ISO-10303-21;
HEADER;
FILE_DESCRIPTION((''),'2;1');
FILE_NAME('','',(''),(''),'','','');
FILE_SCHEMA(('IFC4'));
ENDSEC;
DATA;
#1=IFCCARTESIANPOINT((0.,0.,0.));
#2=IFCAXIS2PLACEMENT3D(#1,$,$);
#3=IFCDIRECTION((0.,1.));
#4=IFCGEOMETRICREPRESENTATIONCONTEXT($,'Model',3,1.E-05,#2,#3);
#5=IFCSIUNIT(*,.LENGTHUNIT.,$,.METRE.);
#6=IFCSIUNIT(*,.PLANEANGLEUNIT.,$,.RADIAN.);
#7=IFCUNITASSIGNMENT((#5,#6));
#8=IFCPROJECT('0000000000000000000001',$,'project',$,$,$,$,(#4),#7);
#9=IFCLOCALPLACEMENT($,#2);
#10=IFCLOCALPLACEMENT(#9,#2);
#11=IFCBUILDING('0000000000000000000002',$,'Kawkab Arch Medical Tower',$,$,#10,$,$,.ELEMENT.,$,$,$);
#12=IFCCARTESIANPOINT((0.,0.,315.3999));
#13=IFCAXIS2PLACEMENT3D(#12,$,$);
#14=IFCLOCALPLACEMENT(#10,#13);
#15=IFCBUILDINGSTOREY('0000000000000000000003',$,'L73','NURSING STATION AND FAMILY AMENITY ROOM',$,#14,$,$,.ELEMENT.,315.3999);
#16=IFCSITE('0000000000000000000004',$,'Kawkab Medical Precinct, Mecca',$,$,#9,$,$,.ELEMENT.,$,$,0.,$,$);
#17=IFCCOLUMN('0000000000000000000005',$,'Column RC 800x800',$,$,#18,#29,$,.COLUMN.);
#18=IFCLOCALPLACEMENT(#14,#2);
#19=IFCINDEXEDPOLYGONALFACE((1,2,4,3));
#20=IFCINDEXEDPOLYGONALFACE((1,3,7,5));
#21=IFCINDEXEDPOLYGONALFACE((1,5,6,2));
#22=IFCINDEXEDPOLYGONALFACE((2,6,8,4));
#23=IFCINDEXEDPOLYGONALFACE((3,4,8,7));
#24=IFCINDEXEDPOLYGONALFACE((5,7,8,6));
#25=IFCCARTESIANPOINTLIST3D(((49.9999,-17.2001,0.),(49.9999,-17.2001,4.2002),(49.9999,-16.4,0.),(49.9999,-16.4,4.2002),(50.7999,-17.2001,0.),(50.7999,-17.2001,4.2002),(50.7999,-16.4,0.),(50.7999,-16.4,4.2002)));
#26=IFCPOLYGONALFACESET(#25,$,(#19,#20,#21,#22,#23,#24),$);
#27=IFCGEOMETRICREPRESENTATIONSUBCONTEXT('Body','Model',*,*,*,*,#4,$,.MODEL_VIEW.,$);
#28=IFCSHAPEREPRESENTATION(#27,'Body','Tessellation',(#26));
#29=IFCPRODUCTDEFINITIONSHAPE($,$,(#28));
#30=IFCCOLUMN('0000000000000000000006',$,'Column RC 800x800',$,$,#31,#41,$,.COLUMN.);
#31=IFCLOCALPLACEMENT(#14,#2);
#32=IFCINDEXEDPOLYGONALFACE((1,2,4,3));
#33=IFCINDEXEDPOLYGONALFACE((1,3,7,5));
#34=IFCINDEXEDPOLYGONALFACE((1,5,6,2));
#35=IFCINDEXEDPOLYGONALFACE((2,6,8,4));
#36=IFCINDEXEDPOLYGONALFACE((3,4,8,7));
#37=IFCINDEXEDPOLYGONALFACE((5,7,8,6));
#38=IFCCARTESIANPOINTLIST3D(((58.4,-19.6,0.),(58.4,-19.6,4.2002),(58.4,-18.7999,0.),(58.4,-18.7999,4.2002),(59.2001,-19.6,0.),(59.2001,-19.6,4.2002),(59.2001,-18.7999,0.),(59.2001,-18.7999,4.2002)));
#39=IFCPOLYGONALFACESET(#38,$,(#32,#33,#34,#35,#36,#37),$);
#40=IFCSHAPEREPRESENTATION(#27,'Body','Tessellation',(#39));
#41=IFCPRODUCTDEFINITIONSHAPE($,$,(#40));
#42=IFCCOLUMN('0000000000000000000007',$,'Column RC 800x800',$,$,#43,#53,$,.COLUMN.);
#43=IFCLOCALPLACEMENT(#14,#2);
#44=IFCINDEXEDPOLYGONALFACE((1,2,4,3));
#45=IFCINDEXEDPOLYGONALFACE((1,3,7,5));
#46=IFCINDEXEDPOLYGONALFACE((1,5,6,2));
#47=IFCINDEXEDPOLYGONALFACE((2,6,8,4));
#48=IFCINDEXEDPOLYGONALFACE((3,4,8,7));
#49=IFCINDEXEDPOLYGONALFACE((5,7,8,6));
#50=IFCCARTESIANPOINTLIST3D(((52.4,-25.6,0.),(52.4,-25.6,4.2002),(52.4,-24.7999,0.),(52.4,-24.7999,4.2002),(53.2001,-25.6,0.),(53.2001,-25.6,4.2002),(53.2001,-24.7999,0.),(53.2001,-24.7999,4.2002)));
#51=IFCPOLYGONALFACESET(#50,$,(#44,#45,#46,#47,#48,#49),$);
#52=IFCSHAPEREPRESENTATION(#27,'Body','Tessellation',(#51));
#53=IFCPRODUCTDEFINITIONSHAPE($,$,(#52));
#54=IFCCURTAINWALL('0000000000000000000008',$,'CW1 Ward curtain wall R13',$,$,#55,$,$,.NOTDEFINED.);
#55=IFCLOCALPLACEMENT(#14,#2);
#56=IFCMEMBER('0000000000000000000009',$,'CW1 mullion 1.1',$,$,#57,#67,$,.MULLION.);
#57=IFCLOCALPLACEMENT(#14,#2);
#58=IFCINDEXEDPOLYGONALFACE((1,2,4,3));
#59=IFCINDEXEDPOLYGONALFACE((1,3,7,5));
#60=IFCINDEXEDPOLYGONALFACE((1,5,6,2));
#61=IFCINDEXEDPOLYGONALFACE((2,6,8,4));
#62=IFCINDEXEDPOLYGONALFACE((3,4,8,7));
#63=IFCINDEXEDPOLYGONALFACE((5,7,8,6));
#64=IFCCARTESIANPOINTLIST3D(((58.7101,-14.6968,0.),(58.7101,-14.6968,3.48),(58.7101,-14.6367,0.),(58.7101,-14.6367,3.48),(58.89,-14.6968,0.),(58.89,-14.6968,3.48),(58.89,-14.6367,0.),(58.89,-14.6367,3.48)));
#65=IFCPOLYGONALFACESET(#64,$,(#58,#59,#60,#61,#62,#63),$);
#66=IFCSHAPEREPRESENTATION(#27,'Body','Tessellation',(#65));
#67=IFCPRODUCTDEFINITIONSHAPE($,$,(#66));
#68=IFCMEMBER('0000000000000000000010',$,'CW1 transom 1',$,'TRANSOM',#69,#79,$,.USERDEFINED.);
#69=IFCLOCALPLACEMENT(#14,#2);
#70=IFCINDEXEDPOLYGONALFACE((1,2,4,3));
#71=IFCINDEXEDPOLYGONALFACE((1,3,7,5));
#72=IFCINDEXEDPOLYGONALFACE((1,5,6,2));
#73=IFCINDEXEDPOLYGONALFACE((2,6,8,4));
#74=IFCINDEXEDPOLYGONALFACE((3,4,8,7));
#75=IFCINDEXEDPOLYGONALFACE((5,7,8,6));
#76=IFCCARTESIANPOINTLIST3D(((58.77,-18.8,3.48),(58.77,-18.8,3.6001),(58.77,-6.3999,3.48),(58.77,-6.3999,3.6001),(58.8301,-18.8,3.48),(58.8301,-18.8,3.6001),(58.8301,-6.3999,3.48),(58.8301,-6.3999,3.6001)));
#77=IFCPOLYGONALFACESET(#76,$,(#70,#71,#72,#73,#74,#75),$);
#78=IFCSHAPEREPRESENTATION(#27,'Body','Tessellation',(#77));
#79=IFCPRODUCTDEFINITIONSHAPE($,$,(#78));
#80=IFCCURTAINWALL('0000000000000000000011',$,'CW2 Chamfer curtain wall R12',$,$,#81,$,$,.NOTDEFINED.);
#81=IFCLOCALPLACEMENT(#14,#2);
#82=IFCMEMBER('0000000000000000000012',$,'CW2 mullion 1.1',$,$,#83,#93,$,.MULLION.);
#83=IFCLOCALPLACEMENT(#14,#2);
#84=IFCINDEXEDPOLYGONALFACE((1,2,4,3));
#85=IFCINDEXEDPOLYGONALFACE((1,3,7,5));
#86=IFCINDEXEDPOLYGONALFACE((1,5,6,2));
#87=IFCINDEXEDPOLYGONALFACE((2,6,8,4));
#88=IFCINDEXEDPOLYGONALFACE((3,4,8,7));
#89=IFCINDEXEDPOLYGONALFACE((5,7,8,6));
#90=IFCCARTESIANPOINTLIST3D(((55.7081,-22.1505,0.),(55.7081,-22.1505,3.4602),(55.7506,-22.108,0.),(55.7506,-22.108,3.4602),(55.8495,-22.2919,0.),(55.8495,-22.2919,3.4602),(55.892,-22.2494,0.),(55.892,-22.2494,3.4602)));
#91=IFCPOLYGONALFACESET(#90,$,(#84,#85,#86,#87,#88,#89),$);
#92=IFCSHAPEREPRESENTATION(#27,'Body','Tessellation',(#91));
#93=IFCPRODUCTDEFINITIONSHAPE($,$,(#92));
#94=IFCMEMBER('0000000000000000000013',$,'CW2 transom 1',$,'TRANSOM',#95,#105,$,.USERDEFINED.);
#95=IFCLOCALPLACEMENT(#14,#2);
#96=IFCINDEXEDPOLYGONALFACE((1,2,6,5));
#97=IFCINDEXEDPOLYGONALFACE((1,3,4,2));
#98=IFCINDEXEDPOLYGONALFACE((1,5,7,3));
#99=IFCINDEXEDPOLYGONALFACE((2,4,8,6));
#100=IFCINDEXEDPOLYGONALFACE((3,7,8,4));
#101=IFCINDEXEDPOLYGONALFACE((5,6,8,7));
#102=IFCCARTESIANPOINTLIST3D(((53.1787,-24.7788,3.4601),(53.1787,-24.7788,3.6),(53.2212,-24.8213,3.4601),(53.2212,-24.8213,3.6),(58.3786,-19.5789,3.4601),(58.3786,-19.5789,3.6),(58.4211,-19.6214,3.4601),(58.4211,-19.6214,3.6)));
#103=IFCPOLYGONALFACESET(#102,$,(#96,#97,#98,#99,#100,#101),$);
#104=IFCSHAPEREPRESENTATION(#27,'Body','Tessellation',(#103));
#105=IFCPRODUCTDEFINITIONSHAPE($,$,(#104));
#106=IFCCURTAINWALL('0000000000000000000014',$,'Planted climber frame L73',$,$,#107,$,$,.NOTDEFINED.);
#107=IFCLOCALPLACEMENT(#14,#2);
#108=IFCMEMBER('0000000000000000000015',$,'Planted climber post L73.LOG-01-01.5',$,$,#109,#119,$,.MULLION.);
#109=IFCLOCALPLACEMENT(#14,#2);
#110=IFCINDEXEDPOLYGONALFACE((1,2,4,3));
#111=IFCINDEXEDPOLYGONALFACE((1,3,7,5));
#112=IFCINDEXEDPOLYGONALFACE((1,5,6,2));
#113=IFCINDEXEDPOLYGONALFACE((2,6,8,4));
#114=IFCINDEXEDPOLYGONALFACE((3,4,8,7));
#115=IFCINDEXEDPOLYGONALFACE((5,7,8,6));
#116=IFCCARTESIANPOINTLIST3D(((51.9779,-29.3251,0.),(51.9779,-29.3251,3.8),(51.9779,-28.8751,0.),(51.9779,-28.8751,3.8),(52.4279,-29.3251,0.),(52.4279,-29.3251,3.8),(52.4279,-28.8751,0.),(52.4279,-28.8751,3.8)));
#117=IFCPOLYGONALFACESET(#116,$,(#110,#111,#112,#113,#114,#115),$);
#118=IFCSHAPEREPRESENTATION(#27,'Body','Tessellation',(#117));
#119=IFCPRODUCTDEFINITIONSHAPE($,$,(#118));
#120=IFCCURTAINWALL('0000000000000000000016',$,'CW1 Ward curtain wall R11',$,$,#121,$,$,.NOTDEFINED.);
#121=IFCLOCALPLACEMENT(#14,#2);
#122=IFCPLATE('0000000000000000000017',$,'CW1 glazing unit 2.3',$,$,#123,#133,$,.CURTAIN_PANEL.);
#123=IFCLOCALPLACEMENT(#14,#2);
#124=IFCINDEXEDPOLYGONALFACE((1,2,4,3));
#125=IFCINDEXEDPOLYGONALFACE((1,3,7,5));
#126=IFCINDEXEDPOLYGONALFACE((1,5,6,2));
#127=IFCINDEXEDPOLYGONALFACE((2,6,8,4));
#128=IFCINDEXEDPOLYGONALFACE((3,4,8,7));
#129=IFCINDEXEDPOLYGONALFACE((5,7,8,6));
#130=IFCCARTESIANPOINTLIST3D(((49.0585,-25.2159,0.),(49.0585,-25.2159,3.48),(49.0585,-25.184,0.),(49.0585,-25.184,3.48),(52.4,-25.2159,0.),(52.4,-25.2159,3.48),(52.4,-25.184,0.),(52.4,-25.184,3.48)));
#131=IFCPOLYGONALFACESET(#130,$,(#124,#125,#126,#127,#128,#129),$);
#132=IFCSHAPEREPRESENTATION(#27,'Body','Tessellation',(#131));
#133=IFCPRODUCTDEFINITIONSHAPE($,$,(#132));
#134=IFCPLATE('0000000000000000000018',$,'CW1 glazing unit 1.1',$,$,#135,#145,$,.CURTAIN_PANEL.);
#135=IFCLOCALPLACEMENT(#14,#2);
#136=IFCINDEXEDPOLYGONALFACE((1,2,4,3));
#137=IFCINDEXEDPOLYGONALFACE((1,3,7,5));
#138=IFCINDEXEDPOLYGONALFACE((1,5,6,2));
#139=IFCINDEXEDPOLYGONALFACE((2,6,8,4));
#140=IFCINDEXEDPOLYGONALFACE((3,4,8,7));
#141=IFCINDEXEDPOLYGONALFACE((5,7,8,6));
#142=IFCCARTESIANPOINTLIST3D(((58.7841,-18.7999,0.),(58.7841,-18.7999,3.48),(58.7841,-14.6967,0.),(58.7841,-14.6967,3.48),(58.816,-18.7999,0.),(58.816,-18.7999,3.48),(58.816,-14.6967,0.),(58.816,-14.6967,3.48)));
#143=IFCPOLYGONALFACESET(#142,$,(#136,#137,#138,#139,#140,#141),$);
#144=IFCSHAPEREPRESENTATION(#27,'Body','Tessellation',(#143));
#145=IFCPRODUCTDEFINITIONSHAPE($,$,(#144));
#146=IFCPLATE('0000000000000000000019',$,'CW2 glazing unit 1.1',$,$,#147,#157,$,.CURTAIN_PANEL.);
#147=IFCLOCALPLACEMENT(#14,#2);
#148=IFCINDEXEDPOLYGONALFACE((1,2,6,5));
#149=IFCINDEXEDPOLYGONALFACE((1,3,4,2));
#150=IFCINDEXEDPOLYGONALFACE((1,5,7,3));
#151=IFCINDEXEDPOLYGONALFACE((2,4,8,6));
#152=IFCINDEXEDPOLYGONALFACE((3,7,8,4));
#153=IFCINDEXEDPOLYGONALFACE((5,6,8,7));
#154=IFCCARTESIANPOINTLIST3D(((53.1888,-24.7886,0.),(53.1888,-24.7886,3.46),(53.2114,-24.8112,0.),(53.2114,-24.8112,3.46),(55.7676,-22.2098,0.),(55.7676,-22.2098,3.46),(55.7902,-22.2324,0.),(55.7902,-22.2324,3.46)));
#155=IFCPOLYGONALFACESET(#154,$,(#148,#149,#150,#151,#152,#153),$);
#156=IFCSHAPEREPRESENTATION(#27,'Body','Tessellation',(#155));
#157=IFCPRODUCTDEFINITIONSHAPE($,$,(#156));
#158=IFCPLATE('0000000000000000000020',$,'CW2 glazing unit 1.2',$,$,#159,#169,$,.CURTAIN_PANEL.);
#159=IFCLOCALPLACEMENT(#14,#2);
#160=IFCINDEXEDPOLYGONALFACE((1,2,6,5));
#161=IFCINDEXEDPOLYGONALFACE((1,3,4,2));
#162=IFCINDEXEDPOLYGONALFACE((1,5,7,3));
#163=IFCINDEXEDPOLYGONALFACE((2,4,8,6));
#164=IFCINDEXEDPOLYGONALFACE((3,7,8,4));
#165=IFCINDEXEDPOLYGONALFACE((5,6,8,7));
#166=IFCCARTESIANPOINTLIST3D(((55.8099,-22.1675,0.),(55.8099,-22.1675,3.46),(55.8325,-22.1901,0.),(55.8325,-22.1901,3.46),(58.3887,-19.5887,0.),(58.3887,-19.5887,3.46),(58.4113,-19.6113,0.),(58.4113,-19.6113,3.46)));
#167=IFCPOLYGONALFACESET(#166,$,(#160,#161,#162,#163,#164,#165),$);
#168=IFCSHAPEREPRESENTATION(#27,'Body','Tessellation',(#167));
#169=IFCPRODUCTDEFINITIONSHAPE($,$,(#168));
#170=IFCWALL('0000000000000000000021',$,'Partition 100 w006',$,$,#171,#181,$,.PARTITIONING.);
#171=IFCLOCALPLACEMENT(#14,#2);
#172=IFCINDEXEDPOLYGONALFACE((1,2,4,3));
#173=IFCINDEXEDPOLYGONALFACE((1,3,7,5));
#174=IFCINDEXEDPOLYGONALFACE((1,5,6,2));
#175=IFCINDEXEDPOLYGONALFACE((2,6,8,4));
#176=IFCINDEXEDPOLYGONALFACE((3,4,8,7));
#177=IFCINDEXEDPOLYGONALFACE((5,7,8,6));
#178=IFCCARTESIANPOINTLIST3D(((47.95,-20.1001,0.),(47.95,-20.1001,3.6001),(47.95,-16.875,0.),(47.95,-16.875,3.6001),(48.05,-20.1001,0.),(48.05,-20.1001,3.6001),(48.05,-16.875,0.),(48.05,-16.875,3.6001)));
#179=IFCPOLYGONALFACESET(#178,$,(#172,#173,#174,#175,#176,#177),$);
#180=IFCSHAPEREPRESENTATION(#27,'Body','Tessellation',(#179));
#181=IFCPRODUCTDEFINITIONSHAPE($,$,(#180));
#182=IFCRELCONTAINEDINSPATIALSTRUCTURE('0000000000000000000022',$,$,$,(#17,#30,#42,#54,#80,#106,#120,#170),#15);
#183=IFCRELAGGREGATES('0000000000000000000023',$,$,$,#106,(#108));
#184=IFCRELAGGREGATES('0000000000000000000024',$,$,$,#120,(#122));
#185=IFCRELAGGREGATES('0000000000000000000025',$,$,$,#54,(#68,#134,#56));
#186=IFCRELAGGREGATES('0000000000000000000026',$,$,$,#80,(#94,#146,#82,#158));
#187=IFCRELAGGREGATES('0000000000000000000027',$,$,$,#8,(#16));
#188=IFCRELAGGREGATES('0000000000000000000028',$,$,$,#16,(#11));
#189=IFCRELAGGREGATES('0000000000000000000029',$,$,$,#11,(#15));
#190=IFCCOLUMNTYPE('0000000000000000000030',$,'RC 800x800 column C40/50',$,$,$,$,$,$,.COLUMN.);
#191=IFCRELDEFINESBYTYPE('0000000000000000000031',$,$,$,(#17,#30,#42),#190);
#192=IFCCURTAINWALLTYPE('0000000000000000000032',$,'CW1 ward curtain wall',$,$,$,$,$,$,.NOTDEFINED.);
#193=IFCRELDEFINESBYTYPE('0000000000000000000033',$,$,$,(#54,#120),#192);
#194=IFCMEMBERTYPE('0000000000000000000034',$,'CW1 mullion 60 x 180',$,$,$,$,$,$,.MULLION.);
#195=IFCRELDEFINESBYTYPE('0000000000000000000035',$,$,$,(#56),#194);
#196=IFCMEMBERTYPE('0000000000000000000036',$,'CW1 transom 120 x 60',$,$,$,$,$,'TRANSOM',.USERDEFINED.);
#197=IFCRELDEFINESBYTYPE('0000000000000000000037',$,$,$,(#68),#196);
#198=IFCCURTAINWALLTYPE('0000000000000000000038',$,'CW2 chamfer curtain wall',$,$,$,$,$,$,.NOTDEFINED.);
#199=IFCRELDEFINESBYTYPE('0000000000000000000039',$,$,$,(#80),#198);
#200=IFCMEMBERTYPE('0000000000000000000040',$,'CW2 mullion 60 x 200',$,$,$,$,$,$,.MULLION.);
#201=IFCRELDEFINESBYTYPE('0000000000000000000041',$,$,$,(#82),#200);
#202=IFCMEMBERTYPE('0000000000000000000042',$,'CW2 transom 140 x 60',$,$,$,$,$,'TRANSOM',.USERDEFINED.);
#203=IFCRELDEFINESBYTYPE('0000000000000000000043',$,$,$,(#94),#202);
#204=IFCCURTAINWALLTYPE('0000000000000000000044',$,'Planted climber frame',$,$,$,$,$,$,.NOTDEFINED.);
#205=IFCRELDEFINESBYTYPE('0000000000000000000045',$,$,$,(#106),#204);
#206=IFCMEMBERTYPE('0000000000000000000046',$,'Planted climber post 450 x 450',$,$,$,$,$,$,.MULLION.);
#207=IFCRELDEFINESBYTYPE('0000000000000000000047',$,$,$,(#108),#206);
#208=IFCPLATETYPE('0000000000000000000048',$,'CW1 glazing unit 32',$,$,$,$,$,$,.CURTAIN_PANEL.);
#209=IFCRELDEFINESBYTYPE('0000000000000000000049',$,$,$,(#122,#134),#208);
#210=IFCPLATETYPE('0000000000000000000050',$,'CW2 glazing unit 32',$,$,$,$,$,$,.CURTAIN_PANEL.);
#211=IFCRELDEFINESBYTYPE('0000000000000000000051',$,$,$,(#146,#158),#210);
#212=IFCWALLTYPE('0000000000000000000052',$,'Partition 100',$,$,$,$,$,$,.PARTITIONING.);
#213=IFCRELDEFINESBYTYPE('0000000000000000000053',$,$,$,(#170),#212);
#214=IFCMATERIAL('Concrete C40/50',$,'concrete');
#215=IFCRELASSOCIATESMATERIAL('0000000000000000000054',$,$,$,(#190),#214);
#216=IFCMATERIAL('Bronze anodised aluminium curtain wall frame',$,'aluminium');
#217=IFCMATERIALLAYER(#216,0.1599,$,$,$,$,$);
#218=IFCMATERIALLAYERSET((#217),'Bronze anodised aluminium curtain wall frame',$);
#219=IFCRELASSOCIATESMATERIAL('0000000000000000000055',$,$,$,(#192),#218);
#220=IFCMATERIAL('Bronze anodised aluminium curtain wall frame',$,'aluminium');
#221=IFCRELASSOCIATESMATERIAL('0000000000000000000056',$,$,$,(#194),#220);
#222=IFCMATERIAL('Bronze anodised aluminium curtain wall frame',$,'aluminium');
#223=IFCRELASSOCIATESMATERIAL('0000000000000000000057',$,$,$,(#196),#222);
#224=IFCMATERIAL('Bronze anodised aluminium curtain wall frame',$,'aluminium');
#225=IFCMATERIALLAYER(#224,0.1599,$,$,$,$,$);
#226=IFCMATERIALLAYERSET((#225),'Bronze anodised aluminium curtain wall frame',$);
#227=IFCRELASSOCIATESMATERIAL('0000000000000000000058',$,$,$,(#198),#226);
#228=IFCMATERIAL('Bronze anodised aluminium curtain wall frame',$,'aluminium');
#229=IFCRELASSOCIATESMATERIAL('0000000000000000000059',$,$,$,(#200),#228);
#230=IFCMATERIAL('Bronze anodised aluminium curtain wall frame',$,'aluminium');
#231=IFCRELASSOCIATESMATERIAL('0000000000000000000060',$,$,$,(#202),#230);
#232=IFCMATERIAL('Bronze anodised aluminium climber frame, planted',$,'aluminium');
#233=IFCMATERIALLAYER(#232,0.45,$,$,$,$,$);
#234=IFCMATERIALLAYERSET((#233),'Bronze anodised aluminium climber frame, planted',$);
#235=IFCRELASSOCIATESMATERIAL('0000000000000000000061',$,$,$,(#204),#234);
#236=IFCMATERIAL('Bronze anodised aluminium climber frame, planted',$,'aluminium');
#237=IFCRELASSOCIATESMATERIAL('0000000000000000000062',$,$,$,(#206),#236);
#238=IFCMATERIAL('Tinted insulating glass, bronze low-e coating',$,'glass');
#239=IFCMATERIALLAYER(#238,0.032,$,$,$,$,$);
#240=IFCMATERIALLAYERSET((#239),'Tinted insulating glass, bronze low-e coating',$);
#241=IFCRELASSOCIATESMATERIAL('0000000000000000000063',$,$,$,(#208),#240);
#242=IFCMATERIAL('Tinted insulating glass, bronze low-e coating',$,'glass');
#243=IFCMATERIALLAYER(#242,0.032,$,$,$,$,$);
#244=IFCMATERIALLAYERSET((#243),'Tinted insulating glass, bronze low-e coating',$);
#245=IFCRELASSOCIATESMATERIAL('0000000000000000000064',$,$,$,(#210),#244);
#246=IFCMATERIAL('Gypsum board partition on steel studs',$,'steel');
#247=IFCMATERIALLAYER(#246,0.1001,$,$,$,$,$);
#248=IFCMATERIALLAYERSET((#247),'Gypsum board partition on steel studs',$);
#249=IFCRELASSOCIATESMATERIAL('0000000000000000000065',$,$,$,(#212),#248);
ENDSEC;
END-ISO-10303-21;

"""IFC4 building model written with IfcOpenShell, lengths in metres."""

from ifc_helpers import new_model, si_unit, direction, frame, frame_2d, origin, origin_2d, place, context, subcontext, project, spatial, rectangle, extrude, material, layer, layer_set, material_profile, profile_set, type_object, element, aggregate, save


model = new_model("IFC4")

# Units and contexts
model_context = context("Model", 3, precision=1e-05, world=origin(), true_north=direction((0.0, 1.0)))
body_context = subcontext(model_context, "Body", "Model", "MODEL_VIEW")
ifc_project = project(units=[si_unit("LENGTHUNIT", "METRE"), si_unit("PLANEANGLEUNIT", "RADIAN")], contexts=[model_context])

# Site, building, storey
site_placement = place(None, origin())
site = spatial("IfcSite", under=ifc_project, at=site_placement, Name="Kawkab Medical Precinct, Mecca", CompositionType="ELEMENT", RefElevation=0.0)
building_placement = place(site_placement, origin())
building = spatial("IfcBuilding", under=site, at=building_placement, Name="Kawkab Arch Medical Tower", CompositionType="ELEMENT")
storey_placement = place(building_placement, frame((0.0, 0.0, 315.3999)))
storey = spatial("IfcBuildingStorey", under=building, at=storey_placement, Name="L73", Description="NURSING STATION AND FAMILY AMENITY ROOM", CompositionType="ELEMENT", Elevation=315.3999)

# Columns
ifc_material_1 = material(Name="Concrete C40/50", Category="concrete")
ifc_material_profile_1 = material_profile(ifc_material_1, rectangle(XDim=0.8, YDim=0.8, at=origin_2d()), Name="RC 800x800")
ifc_profile_set_1 = profile_set([ifc_material_profile_1], Name="Concrete C40/50")
column_type = type_object("IfcColumnType", Name="RC 800x800 column C40/50", PredefinedType="COLUMN", material=ifc_profile_set_1)
for number, where, z_axis, x_axis, name in (
    (1, (50.3999, -16.8, 0.0), (0.0, 0.0, 1.0), (1.0, 0.0, 0.0), "Column RC 800x800"),
    (2, (58.8, -19.2, 0.0), (0.0, 0.0, 1.0), (1.0, 0.0, 0.0), "Column RC 800x800"),
    (3, (52.8, -25.2, 0.0), (0.0, 0.0, 1.0), (1.0, 0.0, 0.0), "Column RC 800x800"),
):
    element("IfcColumn", number, at=place(storey_placement, frame(where, z_axis=z_axis, x_axis=x_axis)), inside=storey, type_object=column_type, Name=name, PredefinedType="COLUMN", context=body_context, shape_type="SweptSolid", body=[
        extrude(rectangle(XDim=0.8, YDim=0.8, at=origin_2d()), origin(), (0.0, 0.0, 1.0), 4.2002),
    ])

# Curtain walls, members
ifc_material_2 = material(Name="Bronze anodised aluminium curtain wall frame", Category="aluminium")
ifc_layer_1 = layer(ifc_material_2, 0.1599)
ifc_layer_set_1 = layer_set([ifc_layer_1], Name="Bronze anodised aluminium curtain wall frame")
curtain_wall_type_1 = type_object("IfcCurtainWallType", Name="CW1 ward curtain wall", PredefinedType="NOTDEFINED", material=ifc_layer_set_1)
placement = place(storey_placement, origin())
curtain_wall_1 = element("IfcCurtainWall", 4, at=placement, inside=storey, type_object=curtain_wall_type_1, Name="CW1 Ward curtain wall R13", PredefinedType="NOTDEFINED")
ifc_material_3 = material(Name="Bronze anodised aluminium curtain wall frame", Category="aluminium")
ifc_material_profile_2 = material_profile(ifc_material_3, rectangle(XDim=0.1799, YDim=0.0601, at=origin_2d()), Name="AL 60x180")
ifc_profile_set_2 = profile_set([ifc_material_profile_2], Name="Bronze anodised aluminium curtain wall frame")
member_type_1 = type_object("IfcMemberType", Name="CW1 mullion 60 x 180", PredefinedType="MULLION", material=ifc_profile_set_2)
member_1_placement = place(storey_placement, frame((58.8, -14.6667, 0.0), z_axis=(0.0, 0.0, 1.0), x_axis=(-1.0, 0.0, 0.0)))
member_1 = element("IfcMember", 5, at=member_1_placement, type_object=member_type_1, Name="CW1 mullion 1.1", PredefinedType="MULLION", context=body_context, shape_type="SweptSolid", body=[
    extrude(rectangle(XDim=0.1799, YDim=0.0601, at=origin_2d()), origin(), (0.0, 0.0, 1.0), 3.48),
])
ifc_material_4 = material(Name="Bronze anodised aluminium curtain wall frame", Category="aluminium")
ifc_material_profile_3 = material_profile(ifc_material_4, rectangle(XDim=0.0601, YDim=0.1201, at=origin_2d()), Name="AL 60x120")
ifc_profile_set_3 = profile_set([ifc_material_profile_3], Name="Bronze anodised aluminium curtain wall frame")
member_type_2 = type_object("IfcMemberType", Name="CW1 transom 120 x 60", ElementType="TRANSOM", PredefinedType="USERDEFINED", material=ifc_profile_set_3)
member_2_placement = place(storey_placement, frame((58.8, -18.8, 3.54), z_axis=(0.0, 1.0, 0.0), x_axis=(-1.0, 0.0, 0.0)))
member_2 = element("IfcMember", 6, at=member_2_placement, type_object=member_type_2, Name="CW1 transom 1", ObjectType="TRANSOM", PredefinedType="USERDEFINED", context=body_context, shape_type="SweptSolid", body=[
    extrude(rectangle(XDim=0.0601, YDim=0.1201, at=origin_2d()), origin(), (0.0, 0.0, 1.0), 12.4001),
])
ifc_material_5 = material(Name="Bronze anodised aluminium curtain wall frame", Category="aluminium")
ifc_layer_2 = layer(ifc_material_5, 0.1599)
ifc_layer_set_2 = layer_set([ifc_layer_2], Name="Bronze anodised aluminium curtain wall frame")
curtain_wall_type_2 = type_object("IfcCurtainWallType", Name="CW2 chamfer curtain wall", PredefinedType="NOTDEFINED", material=ifc_layer_set_2)
curtain_wall_2 = element("IfcCurtainWall", 7, at=placement, inside=storey, type_object=curtain_wall_type_2, Name="CW2 Chamfer curtain wall R12", PredefinedType="NOTDEFINED")
ifc_material_6 = material(Name="Bronze anodised aluminium curtain wall frame", Category="aluminium")
ifc_material_profile_4 = material_profile(ifc_material_6, rectangle(XDim=0.2, YDim=0.0601, at=origin_2d()), Name="AL 60x200")
ifc_profile_set_4 = profile_set([ifc_material_profile_4], Name="Bronze anodised aluminium curtain wall frame")
member_type_3 = type_object("IfcMemberType", Name="CW2 mullion 60 x 200", PredefinedType="MULLION", material=ifc_profile_set_4)
member_3_placement = place(storey_placement, frame((55.8, -22.2, 0.0), z_axis=(0.0, 0.0, 1.0), x_axis=(-0.707107, 0.707107, 0.0)))
member_3 = element("IfcMember", 8, at=member_3_placement, type_object=member_type_3, Name="CW2 mullion 1.1", PredefinedType="MULLION", context=body_context, shape_type="SweptSolid", body=[
    extrude(rectangle(XDim=0.2, YDim=0.0601, at=origin_2d()), origin(), (0.0, 0.0, 1.0), 3.4602),
])
ifc_material_7 = material(Name="Bronze anodised aluminium curtain wall frame", Category="aluminium")
ifc_material_profile_5 = material_profile(ifc_material_7, rectangle(XDim=0.0601, YDim=0.1399, at=origin_2d()), Name="AL 60x140")
ifc_profile_set_5 = profile_set([ifc_material_profile_5], Name="Bronze anodised aluminium curtain wall frame")
member_type_4 = type_object("IfcMemberType", Name="CW2 transom 140 x 60", ElementType="TRANSOM", PredefinedType="USERDEFINED", material=ifc_profile_set_5)
member_4_placement = place(storey_placement, frame((53.2, -24.8, 3.53), z_axis=(0.707107, 0.707107, 0.0), x_axis=(-0.707107, 0.707107, 0.0)))
member_4 = element("IfcMember", 9, at=member_4_placement, type_object=member_type_4, Name="CW2 transom 1", ObjectType="TRANSOM", PredefinedType="USERDEFINED", context=body_context, shape_type="SweptSolid", body=[
    extrude(rectangle(XDim=0.0601, YDim=0.1399, at=origin_2d()), origin(), (0.0, 0.0, 1.0), 7.3538),
])

# Curtain wall, member
ifc_material_8 = material(Name="Bronze anodised aluminium climber frame, planted", Category="aluminium")
ifc_layer_3 = layer(ifc_material_8, 0.45)
ifc_layer_set_3 = layer_set([ifc_layer_3], Name="Bronze anodised aluminium climber frame, planted")
curtain_wall_type_3 = type_object("IfcCurtainWallType", Name="Planted climber frame", PredefinedType="NOTDEFINED", material=ifc_layer_set_3)
curtain_wall_3 = element("IfcCurtainWall", 10, at=placement, inside=storey, type_object=curtain_wall_type_3, Name="Planted climber frame L73", PredefinedType="NOTDEFINED")
ifc_material_9 = material(Name="Bronze anodised aluminium climber frame, planted", Category="aluminium")
ifc_material_profile_6 = material_profile(ifc_material_9, rectangle(XDim=0.45, YDim=0.45, at=origin_2d()), Name="Post 450x450")
ifc_profile_set_6 = profile_set([ifc_material_profile_6], Name="Bronze anodised aluminium climber frame, planted")
member_type_5 = type_object("IfcMemberType", Name="Planted climber post 450 x 450", PredefinedType="MULLION", material=ifc_profile_set_6)
member_5_placement = place(storey_placement, frame((52.2029, -29.1001, 0.0), z_axis=(0.0, 0.0, 1.0), x_axis=(1.0, 0.0, 0.0)))
member_5 = element("IfcMember", 11, at=member_5_placement, type_object=member_type_5, Name="Planted climber post L73.LOG-01-01.5", PredefinedType="MULLION", context=body_context, shape_type="SweptSolid", body=[
    extrude(rectangle(XDim=0.45, YDim=0.45, at=origin_2d()), origin(), (0.0, 0.0, 1.0), 3.8),
])
aggregate(curtain_wall_3, [member_5])

# Curtain wall, plate
curtain_wall_4 = element("IfcCurtainWall", 12, at=placement, inside=storey, type_object=curtain_wall_type_1, Name="CW1 Ward curtain wall R11", PredefinedType="NOTDEFINED")
ifc_material_10 = material(Name="Tinted insulating glass, bronze low-e coating", Category="glass")
ifc_layer_4 = layer(ifc_material_10, 0.032)
ifc_layer_set_4 = layer_set([ifc_layer_4], Name="Tinted insulating glass, bronze low-e coating")
plate_type_1 = type_object("IfcPlateType", Name="CW1 glazing unit 32", PredefinedType="CURTAIN_PANEL", material=ifc_layer_set_4)
plate_1_placement = place(storey_placement, frame((50.7292, -25.2, 0.0), z_axis=(0.0, 0.0, 1.0), x_axis=(1.0, 0.0, 0.0)))
plate_1 = element("IfcPlate", 13, at=plate_1_placement, type_object=plate_type_1, Name="CW1 glazing unit 2.3", PredefinedType="CURTAIN_PANEL", context=body_context, shape_type="SweptSolid", body=[
    extrude(rectangle(XDim=3.3416, YDim=0.032, at=origin_2d()), origin(), (0.0, 0.0, 1.0), 3.48),
])
aggregate(curtain_wall_4, [plate_1])

# Plates
plate_2_placement = place(storey_placement, frame((58.8, -16.7483, 0.0), z_axis=(0.0, 0.0, 1.0), x_axis=(0.0, 1.0, 0.0)))
plate_2 = element("IfcPlate", 14, at=plate_2_placement, type_object=plate_type_1, Name="CW1 glazing unit 1.1", PredefinedType="CURTAIN_PANEL", context=body_context, shape_type="SweptSolid", body=[
    extrude(rectangle(XDim=4.1033, YDim=0.032, at=origin_2d()), origin(), (0.0, 0.0, 1.0), 3.48),
])
aggregate(curtain_wall_1, [member_2, plate_2, member_1])
ifc_material_11 = material(Name="Tinted insulating glass, bronze low-e coating", Category="glass")
ifc_layer_5 = layer(ifc_material_11, 0.032)
ifc_layer_set_5 = layer_set([ifc_layer_5], Name="Tinted insulating glass, bronze low-e coating")
plate_type_2 = type_object("IfcPlateType", Name="CW2 glazing unit 32", PredefinedType="CURTAIN_PANEL", material=ifc_layer_set_5)
plate_3_placement = place(storey_placement, frame((54.4895, -23.5105, 0.0), z_axis=(0.0, 0.0, 1.0), x_axis=(0.707107, 0.707107, 0.0)))
plate_3 = element("IfcPlate", 15, at=plate_3_placement, type_object=plate_type_2, Name="CW2 glazing unit 1.1", PredefinedType="CURTAIN_PANEL", context=body_context, shape_type="SweptSolid", body=[
    extrude(rectangle(XDim=3.647, YDim=0.032, at=origin_2d()), origin(), (0.0, 0.0, 1.0), 3.46),
])
plate_4_placement = place(storey_placement, frame((57.1106, -20.8894, 0.0), z_axis=(0.0, 0.0, 1.0), x_axis=(0.707107, 0.707107, 0.0)))
plate_4 = element("IfcPlate", 16, at=plate_4_placement, type_object=plate_type_2, Name="CW2 glazing unit 1.2", PredefinedType="CURTAIN_PANEL", context=body_context, shape_type="SweptSolid", body=[
    extrude(rectangle(XDim=3.647, YDim=0.032, at=origin_2d()), origin(), (0.0, 0.0, 1.0), 3.46),
])
aggregate(curtain_wall_2, [member_4, plate_3, member_3, plate_4])

# Wall
ifc_material_12 = material(Name="Gypsum board partition on steel studs", Category="steel")
ifc_layer_6 = layer(ifc_material_12, 0.1001)
ifc_layer_set_6 = layer_set([ifc_layer_6], Name="Gypsum board partition on steel studs")
wall_type_1 = type_object("IfcWallType", Name="Partition 100", PredefinedType="PARTITIONING", material=ifc_layer_set_6)
wall_1_placement = place(storey_placement, frame((48.0, -20.1001, 0.0), z_axis=(0.0, 0.0, 1.0), x_axis=(0.0, 1.0, 0.0)))
element("IfcWall", 17, at=wall_1_placement, inside=storey, type_object=wall_type_1, Name="Partition 100 w006", PredefinedType="PARTITIONING", context=body_context, shape_type="SweptSolid", body=[
    extrude(rectangle(XDim=3.2251, YDim=0.1001, at=frame_2d((1.6125, 0.0))), origin(), (0.0, 0.0, 1.0), 3.6001),
])

save(model, "model.ifc")
